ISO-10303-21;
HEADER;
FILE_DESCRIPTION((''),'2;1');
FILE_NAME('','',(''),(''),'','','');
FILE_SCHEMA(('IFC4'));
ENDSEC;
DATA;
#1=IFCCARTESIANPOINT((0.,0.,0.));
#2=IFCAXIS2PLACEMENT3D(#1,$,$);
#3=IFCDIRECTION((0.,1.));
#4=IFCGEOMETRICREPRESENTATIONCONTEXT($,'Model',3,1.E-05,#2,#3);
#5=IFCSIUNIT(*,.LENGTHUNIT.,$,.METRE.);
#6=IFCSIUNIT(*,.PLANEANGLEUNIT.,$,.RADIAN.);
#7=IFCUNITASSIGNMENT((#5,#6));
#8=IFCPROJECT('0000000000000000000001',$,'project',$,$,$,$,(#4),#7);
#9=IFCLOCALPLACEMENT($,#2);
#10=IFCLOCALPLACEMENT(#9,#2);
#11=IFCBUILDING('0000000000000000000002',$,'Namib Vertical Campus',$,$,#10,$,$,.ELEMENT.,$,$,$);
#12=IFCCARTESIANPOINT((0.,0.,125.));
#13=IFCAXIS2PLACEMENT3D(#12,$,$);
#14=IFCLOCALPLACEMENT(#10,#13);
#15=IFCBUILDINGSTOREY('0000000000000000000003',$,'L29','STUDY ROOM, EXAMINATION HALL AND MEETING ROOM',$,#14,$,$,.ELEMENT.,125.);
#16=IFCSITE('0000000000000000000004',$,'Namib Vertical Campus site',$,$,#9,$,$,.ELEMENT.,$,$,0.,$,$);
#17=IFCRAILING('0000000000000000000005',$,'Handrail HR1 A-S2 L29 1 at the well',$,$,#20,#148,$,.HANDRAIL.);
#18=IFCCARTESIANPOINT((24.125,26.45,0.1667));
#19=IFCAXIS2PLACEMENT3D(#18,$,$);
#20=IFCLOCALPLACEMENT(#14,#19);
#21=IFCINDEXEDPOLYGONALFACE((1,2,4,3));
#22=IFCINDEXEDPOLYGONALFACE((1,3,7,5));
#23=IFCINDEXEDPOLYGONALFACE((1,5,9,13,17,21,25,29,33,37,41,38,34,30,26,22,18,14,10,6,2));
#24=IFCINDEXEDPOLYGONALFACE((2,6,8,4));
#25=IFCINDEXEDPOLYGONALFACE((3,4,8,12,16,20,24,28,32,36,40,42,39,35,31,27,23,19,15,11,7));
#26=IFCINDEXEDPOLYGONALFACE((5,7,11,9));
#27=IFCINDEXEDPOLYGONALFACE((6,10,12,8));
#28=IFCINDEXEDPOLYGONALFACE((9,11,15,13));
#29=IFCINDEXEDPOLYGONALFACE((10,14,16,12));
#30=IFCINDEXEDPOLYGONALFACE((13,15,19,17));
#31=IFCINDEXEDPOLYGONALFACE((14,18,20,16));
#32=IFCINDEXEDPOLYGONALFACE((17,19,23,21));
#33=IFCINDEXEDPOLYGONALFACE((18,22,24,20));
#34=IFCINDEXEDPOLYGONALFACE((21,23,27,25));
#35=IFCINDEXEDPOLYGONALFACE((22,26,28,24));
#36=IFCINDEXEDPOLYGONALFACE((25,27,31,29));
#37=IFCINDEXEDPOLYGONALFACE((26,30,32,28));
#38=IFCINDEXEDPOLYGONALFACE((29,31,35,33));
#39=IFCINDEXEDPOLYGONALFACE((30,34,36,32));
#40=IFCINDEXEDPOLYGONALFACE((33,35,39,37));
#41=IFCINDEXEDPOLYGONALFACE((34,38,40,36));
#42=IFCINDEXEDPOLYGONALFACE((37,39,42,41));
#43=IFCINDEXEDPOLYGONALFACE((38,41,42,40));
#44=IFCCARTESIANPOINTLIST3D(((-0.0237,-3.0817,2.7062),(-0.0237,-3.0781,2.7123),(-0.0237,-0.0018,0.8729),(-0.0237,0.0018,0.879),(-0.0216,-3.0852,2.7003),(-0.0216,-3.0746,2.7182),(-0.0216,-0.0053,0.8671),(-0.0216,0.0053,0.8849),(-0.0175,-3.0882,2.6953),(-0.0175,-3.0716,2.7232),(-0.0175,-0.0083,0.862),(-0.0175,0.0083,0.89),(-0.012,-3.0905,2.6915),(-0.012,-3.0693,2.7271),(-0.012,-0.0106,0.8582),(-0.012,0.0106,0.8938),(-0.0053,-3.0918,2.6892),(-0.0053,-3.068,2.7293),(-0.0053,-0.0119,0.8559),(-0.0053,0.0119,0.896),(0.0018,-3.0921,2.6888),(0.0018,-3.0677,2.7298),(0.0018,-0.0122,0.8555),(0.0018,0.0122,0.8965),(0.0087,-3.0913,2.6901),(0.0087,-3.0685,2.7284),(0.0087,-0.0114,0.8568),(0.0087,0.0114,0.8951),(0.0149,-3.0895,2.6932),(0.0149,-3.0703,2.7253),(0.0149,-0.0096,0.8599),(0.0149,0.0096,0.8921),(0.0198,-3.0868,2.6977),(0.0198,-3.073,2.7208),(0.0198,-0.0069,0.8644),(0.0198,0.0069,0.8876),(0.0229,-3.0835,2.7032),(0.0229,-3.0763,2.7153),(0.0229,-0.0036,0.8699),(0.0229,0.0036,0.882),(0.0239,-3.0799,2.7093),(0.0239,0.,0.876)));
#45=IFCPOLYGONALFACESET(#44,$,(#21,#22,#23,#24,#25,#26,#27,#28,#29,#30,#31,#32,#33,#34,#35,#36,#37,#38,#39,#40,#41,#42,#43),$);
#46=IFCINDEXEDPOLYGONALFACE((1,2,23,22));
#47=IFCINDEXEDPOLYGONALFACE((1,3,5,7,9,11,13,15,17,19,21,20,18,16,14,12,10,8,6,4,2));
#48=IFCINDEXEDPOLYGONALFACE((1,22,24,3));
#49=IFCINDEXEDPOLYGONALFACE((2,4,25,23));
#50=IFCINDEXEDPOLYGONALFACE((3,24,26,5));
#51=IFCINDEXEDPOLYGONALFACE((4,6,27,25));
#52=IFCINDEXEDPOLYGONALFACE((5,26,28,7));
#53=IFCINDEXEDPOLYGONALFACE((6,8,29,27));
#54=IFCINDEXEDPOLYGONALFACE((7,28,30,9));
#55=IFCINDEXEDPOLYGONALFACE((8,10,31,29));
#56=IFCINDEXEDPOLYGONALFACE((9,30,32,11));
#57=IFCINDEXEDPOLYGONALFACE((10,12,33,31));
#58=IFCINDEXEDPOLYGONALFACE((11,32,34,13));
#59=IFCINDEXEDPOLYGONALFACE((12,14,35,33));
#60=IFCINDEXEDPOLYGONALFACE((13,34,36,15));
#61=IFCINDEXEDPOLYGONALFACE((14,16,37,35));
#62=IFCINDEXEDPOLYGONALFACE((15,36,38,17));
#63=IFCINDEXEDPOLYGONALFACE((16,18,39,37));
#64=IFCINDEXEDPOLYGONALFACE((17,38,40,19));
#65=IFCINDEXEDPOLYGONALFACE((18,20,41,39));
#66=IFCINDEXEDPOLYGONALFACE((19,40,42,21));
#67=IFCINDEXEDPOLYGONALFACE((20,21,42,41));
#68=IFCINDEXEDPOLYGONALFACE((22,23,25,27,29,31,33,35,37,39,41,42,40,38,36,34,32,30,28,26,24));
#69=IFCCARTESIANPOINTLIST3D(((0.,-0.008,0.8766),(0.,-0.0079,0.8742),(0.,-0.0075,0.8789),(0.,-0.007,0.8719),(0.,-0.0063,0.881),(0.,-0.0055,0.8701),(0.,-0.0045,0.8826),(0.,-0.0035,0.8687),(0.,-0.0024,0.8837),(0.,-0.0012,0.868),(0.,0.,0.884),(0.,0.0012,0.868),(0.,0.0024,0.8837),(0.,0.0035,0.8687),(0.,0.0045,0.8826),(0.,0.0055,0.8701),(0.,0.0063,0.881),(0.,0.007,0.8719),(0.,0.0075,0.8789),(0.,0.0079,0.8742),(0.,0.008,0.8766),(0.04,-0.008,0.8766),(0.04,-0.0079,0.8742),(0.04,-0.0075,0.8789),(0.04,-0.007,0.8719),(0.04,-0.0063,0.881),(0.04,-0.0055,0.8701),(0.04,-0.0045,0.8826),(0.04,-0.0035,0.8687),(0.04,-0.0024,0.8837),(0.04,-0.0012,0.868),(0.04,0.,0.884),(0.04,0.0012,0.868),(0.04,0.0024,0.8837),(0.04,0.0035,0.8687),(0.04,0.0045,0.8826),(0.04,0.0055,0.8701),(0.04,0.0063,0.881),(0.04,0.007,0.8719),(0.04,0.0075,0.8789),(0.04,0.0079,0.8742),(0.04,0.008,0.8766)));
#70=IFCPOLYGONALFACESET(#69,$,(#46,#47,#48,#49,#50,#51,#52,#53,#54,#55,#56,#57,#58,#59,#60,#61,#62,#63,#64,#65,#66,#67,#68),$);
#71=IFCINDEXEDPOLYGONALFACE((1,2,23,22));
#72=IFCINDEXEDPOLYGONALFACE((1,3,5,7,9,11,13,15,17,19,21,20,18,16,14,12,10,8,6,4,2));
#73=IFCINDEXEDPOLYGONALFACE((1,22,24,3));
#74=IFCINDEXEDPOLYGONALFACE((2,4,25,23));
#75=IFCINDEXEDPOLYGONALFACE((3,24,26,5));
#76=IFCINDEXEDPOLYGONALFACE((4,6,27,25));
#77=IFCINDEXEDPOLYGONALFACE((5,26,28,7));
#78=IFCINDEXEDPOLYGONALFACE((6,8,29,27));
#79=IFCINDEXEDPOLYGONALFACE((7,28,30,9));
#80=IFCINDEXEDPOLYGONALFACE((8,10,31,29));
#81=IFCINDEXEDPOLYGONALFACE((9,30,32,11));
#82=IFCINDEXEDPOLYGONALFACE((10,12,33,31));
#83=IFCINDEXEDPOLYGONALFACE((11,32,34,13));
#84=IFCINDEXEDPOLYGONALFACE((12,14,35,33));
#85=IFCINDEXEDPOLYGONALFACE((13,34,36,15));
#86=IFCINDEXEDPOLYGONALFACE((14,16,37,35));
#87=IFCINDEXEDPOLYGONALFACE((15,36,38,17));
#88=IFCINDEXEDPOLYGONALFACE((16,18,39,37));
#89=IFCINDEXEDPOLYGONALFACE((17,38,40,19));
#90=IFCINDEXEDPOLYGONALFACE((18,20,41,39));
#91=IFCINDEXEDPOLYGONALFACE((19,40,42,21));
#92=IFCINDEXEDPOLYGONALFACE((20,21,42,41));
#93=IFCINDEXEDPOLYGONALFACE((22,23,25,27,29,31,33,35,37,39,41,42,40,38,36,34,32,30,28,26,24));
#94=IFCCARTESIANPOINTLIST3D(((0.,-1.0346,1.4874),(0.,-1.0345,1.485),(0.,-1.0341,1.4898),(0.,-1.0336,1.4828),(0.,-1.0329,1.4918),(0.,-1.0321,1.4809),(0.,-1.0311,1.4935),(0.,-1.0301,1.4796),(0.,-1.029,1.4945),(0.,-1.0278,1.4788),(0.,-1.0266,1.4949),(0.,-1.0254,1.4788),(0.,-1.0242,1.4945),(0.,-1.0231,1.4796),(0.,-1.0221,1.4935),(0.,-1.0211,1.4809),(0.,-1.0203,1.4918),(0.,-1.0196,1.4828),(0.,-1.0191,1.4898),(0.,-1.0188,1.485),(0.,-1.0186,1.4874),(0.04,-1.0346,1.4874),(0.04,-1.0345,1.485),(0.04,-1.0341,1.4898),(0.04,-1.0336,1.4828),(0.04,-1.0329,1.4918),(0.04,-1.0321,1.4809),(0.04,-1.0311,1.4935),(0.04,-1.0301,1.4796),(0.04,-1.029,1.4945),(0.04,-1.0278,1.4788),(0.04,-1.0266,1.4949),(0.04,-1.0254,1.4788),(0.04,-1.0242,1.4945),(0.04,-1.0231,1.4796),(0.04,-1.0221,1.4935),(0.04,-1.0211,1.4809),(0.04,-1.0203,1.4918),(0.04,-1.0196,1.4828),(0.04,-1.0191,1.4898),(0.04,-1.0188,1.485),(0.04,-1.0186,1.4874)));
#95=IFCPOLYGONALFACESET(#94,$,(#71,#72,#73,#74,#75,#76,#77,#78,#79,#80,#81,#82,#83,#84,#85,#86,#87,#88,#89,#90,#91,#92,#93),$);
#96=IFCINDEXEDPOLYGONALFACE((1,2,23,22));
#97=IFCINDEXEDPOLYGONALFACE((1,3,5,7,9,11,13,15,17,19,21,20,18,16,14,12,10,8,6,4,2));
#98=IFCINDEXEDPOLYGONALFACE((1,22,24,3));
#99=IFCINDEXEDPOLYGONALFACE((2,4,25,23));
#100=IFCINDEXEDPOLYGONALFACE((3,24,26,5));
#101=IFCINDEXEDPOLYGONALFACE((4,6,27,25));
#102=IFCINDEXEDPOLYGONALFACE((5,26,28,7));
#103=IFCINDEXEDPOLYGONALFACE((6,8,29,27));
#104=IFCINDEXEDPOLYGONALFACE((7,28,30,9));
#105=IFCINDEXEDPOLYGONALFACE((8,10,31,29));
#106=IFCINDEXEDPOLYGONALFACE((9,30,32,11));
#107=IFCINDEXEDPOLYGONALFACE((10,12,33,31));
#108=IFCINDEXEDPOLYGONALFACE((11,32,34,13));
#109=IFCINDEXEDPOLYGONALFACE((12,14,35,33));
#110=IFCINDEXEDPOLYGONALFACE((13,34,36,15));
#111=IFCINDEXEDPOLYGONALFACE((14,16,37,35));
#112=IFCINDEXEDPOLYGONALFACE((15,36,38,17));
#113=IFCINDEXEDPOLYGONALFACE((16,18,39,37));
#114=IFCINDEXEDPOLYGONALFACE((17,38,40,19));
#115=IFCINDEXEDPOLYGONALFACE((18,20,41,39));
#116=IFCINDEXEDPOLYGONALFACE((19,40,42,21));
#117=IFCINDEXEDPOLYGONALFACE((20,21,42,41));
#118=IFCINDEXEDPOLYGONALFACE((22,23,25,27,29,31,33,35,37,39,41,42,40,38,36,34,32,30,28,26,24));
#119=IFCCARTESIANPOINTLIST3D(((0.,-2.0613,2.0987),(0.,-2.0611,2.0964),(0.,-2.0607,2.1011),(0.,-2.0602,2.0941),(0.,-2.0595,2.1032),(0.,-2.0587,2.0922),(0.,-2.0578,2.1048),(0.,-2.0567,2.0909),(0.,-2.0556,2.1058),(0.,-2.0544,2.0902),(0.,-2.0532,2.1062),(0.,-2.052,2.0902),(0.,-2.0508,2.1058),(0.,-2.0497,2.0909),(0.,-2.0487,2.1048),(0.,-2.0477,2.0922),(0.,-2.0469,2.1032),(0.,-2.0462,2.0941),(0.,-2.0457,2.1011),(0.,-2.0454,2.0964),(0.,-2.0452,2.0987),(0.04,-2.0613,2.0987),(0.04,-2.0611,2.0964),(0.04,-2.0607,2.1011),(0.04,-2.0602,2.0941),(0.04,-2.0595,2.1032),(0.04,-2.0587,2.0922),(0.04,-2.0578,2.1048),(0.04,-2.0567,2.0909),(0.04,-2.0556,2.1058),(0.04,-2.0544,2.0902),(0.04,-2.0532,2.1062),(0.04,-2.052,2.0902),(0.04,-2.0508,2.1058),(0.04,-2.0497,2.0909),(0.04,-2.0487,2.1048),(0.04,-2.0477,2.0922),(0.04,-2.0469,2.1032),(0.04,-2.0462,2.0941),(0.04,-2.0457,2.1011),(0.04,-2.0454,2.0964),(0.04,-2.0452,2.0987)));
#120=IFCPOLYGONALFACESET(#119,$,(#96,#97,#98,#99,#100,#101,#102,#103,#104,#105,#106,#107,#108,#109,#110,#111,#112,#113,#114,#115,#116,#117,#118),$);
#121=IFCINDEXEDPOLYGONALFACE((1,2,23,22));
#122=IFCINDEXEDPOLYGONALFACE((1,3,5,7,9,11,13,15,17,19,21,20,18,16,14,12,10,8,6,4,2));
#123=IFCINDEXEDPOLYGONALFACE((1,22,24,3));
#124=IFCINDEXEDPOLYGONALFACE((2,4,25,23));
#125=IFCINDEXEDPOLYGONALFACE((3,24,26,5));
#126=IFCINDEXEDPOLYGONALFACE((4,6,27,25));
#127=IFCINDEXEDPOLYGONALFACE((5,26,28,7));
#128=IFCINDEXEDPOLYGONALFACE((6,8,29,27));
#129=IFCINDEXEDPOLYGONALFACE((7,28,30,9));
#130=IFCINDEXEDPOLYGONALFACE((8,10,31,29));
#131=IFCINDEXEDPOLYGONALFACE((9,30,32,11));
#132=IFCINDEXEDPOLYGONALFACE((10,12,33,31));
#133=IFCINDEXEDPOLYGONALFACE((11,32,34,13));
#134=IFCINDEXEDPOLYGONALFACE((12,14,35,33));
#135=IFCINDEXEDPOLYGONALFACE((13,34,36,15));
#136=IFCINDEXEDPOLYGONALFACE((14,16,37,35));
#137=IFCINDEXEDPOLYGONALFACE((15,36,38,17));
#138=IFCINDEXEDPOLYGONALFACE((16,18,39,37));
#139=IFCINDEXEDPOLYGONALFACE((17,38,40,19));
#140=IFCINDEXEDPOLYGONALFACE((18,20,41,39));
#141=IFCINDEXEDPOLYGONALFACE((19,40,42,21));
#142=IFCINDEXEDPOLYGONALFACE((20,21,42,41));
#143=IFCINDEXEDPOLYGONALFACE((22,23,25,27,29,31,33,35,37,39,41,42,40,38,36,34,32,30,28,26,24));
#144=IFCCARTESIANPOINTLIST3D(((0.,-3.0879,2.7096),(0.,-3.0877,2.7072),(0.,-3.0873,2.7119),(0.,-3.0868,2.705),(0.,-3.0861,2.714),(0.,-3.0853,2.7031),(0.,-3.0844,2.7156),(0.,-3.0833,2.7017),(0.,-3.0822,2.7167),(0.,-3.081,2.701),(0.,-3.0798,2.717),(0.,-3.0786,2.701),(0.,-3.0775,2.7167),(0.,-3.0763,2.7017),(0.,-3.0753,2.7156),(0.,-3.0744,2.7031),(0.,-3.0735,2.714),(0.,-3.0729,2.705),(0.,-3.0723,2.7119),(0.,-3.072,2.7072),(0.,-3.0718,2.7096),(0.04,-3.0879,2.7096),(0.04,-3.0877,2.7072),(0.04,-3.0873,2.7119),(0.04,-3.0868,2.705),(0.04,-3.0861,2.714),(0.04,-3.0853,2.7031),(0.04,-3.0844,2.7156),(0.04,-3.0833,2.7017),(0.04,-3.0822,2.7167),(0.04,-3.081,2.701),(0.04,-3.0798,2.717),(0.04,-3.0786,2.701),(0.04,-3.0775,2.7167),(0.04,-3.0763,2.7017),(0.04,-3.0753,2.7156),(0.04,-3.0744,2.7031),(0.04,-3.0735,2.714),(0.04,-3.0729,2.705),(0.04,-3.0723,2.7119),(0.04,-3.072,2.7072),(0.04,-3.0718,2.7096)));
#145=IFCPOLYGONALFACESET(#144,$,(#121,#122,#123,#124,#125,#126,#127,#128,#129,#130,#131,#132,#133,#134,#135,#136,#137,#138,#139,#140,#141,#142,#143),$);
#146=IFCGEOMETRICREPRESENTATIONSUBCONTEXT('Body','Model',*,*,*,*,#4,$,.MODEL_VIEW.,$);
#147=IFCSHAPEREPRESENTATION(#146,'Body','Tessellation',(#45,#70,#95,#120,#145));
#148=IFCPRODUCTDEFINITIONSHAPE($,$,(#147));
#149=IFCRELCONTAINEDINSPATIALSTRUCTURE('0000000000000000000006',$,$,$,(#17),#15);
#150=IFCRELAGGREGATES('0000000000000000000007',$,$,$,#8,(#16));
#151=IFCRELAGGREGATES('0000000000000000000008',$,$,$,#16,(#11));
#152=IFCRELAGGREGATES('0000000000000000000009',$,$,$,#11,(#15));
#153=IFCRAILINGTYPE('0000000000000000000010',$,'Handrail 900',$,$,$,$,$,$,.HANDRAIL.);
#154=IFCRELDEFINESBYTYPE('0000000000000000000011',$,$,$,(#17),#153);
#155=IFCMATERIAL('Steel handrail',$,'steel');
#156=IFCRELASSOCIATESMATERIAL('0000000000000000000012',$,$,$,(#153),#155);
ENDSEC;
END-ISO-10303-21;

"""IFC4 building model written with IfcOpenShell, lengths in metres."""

from ifc_helpers import new_model, si_unit, direction, frame, origin, origin_2d, place, context, subcontext, project, spatial, circle, extrude, material, type_object, element, save


model = new_model("IFC4")

# Units and contexts
model_context = context("Model", 3, precision=1e-05, world=origin(), true_north=direction((0.0, 1.0)))
body_context = subcontext(model_context, "Body", "Model", "MODEL_VIEW")
ifc_project = project(units=[si_unit("LENGTHUNIT", "METRE"), si_unit("PLANEANGLEUNIT", "RADIAN")], contexts=[model_context])

# Site, building, storey
site_placement = place(None, origin())
site = spatial("IfcSite", under=ifc_project, at=site_placement, Name="Namib Vertical Campus site", CompositionType="ELEMENT", RefElevation=0.0)
building_placement = place(site_placement, origin())
building = spatial("IfcBuilding", under=site, at=building_placement, Name="Namib Vertical Campus", CompositionType="ELEMENT")
storey_placement = place(building_placement, frame((0.0, 0.0, 125.0)))
storey = spatial("IfcBuildingStorey", under=building, at=storey_placement, Name="L29", Description="STUDY ROOM, EXAMINATION HALL AND MEETING ROOM", CompositionType="ELEMENT", Elevation=125.0)

# Railing
ifc_material_1 = material(Name="Steel handrail", Category="steel")
railing_type_1 = type_object("IfcRailingType", Name="Handrail 900", PredefinedType="HANDRAIL", material=ifc_material_1)
railing_1_placement = place(storey_placement, frame((24.125, 26.45, 0.1667)))
element("IfcRailing", 1, at=railing_1_placement, inside=storey, type_object=railing_type_1, Name="Handrail HR1 A-S2 L29 1 at the well", PredefinedType="HANDRAIL", context=body_context, shape_type="SweptSolid", body=[
    extrude(circle(Radius=0.0239, at=origin_2d()), frame((0.0, 0.0, 0.876), z_axis=(0.0, -0.859291, 0.511487), x_axis=(1.0, 0.0, 0.0)), (0.0, 0.0, 1.0), 3.5842),
    extrude(circle(Radius=0.0081, at=origin_2d()), frame((0.0, 0.0, 0.876), z_axis=(1.0, 0.0, 0.0), x_axis=(0.0, 0.0, 1.0)), (0.0, 0.0, 1.0), 0.04),
    extrude(circle(Radius=0.0081, at=origin_2d()), frame((0.0, -1.0266, 1.4868), z_axis=(1.0, 0.0, 0.0), x_axis=(0.0, 0.0, 1.0)), (0.0, 0.0, 1.0), 0.04),
    extrude(circle(Radius=0.0081, at=origin_2d()), frame((0.0, -2.0532, 2.0981), z_axis=(1.0, 0.0, 0.0), x_axis=(0.0, 0.0, 1.0)), (0.0, 0.0, 1.0), 0.04),
    extrude(circle(Radius=0.0081, at=origin_2d()), frame((0.0, -3.0798, 2.709), z_axis=(1.0, 0.0, 0.0), x_axis=(0.0, 0.0, 1.0)), (0.0, 0.0, 1.0), 0.04),
])

save(model, "model.ifc")
